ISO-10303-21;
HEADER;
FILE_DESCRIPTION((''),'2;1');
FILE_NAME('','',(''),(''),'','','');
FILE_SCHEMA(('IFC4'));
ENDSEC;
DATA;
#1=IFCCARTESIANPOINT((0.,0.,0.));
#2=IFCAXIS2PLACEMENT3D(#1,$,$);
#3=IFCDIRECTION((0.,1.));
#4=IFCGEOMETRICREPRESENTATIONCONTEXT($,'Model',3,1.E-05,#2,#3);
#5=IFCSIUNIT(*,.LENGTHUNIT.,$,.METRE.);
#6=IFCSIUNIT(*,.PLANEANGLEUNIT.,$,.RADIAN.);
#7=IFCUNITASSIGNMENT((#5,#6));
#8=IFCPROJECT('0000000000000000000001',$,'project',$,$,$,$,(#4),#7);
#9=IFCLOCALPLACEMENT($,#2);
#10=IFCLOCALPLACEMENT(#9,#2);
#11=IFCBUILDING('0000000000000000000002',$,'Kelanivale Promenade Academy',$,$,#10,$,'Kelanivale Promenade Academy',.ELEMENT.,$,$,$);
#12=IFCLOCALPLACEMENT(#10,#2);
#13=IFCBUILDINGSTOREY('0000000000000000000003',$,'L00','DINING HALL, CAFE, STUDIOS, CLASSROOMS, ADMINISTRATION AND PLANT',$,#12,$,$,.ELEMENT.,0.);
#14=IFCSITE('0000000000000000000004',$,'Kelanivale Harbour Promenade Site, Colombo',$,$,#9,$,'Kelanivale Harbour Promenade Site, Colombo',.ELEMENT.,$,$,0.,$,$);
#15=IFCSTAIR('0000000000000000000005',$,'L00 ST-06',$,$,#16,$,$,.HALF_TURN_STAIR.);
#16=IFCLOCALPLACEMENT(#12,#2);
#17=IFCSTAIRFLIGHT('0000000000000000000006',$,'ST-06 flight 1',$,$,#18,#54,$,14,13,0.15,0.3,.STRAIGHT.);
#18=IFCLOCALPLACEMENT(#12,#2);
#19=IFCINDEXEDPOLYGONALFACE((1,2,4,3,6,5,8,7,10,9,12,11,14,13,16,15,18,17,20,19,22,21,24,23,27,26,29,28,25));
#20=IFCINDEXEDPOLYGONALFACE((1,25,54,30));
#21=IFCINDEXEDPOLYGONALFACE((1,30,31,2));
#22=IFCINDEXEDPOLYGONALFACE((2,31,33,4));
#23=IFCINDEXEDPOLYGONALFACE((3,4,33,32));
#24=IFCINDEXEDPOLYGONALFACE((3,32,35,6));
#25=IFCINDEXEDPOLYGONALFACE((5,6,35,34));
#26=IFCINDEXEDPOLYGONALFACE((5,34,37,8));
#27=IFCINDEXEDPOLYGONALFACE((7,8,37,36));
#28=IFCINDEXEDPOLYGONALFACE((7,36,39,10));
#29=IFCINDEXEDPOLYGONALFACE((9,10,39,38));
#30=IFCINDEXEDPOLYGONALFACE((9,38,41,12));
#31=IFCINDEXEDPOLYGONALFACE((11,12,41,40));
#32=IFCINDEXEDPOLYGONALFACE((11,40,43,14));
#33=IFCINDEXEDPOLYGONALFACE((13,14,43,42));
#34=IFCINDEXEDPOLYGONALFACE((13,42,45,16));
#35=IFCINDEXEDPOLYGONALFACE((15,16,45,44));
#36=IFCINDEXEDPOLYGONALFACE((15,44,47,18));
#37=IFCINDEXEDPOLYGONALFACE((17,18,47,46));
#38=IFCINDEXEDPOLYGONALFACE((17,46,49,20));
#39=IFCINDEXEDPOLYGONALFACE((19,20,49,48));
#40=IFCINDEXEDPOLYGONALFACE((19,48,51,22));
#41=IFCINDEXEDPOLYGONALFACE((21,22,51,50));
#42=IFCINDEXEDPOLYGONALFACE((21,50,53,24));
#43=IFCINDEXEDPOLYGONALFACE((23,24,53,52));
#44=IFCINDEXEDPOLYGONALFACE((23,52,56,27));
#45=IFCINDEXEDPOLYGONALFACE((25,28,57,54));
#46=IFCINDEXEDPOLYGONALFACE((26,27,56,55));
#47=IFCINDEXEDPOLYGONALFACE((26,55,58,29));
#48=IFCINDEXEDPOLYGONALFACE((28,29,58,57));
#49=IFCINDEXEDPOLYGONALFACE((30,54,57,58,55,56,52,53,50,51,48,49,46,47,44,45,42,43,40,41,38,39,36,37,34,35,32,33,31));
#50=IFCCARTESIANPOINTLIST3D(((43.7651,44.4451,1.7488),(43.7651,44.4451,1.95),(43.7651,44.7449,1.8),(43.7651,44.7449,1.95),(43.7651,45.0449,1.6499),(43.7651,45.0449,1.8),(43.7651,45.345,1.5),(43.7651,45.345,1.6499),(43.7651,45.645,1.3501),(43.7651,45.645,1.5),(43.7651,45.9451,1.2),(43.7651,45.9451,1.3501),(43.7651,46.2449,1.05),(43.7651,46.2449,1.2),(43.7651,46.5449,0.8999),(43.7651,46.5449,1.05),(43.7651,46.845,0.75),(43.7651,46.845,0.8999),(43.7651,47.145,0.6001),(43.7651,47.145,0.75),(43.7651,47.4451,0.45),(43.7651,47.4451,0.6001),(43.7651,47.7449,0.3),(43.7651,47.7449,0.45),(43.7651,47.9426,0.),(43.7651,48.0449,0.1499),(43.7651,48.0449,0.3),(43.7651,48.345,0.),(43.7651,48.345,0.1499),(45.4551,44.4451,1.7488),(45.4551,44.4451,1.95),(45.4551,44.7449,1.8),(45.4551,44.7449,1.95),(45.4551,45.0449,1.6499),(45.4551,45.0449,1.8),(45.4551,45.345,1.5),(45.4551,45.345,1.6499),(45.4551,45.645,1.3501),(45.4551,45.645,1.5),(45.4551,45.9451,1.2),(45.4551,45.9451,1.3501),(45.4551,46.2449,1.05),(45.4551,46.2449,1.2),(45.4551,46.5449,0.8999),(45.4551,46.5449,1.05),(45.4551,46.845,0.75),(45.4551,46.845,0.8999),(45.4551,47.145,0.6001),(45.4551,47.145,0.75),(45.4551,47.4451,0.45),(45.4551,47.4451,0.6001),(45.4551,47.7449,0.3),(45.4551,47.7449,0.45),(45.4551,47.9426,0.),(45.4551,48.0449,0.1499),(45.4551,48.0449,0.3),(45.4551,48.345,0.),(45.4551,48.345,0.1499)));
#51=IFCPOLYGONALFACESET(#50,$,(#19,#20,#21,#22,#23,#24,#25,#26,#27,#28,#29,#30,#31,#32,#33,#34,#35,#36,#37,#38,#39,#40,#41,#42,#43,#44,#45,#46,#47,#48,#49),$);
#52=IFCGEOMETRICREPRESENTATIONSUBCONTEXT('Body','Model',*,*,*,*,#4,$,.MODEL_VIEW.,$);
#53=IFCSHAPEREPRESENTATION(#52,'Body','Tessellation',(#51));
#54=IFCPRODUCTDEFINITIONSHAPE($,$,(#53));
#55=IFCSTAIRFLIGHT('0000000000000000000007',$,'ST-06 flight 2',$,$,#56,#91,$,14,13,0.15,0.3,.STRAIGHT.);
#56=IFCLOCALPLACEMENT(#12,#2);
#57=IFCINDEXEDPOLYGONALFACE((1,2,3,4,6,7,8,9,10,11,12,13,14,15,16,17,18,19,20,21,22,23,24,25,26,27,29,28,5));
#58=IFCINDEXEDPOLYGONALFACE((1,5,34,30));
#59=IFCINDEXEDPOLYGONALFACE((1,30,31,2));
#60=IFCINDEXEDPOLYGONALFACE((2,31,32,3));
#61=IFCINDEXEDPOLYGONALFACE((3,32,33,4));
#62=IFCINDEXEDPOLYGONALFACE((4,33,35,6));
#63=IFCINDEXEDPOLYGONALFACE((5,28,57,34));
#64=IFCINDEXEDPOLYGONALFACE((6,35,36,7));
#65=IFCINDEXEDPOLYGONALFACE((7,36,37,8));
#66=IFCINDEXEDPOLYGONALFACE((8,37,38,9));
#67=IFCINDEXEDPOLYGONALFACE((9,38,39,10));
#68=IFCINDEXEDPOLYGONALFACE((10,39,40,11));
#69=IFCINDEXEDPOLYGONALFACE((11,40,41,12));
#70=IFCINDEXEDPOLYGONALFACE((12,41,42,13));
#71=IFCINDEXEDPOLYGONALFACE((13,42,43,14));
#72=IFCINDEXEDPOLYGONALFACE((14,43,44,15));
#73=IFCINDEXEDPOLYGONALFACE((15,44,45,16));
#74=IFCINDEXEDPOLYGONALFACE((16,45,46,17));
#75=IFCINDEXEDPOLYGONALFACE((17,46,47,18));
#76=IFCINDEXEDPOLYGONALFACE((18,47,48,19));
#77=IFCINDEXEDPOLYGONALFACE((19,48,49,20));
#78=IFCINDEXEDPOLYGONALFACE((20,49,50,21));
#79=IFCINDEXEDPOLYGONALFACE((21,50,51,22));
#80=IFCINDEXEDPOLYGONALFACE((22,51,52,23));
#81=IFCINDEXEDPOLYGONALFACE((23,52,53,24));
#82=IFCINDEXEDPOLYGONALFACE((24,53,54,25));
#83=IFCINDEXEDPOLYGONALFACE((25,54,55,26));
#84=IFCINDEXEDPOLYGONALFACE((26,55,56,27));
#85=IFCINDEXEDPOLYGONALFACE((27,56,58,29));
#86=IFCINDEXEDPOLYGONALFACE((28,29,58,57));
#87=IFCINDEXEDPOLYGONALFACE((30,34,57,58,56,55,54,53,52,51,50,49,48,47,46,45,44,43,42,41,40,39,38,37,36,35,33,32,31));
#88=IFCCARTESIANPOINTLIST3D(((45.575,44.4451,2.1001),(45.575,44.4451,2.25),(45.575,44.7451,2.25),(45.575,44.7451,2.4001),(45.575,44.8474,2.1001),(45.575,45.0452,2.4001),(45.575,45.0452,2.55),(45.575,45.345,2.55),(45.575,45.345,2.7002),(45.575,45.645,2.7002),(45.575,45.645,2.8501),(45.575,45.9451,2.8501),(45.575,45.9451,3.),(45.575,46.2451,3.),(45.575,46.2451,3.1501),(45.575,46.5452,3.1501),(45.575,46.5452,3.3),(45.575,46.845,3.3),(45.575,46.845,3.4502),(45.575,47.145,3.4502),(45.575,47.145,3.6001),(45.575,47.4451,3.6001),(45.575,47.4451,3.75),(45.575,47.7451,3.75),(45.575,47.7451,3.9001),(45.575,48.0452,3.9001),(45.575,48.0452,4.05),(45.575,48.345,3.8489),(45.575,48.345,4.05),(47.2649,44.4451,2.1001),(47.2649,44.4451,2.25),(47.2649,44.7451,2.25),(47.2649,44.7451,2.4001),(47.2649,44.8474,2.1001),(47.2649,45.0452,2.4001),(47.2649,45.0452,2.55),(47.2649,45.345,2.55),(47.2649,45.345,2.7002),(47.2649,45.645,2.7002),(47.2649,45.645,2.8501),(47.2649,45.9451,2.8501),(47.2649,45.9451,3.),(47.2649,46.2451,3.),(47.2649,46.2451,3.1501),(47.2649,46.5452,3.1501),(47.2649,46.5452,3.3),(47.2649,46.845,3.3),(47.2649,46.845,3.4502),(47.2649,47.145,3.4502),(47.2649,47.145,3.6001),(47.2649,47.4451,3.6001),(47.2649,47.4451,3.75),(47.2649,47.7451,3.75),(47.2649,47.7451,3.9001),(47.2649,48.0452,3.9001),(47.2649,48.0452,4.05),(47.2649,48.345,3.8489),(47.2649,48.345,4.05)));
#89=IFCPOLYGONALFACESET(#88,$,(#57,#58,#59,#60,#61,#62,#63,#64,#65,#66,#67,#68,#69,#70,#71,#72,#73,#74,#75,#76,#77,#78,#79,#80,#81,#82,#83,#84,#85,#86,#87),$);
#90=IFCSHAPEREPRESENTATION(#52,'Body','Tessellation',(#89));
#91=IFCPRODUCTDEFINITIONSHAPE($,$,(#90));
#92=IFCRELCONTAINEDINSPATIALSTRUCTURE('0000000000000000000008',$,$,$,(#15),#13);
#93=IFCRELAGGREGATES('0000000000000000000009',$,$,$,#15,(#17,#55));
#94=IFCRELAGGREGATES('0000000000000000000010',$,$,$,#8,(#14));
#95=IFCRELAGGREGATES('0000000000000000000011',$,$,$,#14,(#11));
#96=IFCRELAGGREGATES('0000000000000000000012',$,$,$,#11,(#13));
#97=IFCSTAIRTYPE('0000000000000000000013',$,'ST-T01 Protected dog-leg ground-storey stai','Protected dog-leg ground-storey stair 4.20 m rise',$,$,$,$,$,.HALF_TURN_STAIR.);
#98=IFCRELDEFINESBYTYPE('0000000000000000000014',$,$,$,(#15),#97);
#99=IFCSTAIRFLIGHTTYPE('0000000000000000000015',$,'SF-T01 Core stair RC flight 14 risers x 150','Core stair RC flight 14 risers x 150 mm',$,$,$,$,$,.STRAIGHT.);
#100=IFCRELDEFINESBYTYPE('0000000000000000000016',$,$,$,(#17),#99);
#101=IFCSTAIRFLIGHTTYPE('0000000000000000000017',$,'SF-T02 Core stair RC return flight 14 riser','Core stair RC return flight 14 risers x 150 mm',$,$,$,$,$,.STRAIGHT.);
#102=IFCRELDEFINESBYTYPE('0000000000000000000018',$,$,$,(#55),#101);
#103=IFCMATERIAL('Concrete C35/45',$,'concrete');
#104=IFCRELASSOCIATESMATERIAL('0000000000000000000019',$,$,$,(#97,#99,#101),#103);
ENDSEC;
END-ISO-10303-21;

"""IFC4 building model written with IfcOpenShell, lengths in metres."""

from ifc_helpers import new_model, si_unit, direction, frame, origin, place, context, subcontext, project, spatial, polyline, outline, extrude, material, type_object, element, aggregate, save


model = new_model("IFC4")

# Units and contexts
model_context = context("Model", 3, precision=1e-05, world=origin(), true_north=direction((0.0, 1.0)))
body_context = subcontext(model_context, "Body", "Model", "MODEL_VIEW")
ifc_project = project(units=[si_unit("LENGTHUNIT", "METRE"), si_unit("PLANEANGLEUNIT", "RADIAN")], contexts=[model_context])

# Site, building, storey
site_placement = place(None, origin())
site = spatial("IfcSite", under=ifc_project, at=site_placement, Name="Kelanivale Harbour Promenade Site, Colombo", LongName="Kelanivale Harbour Promenade Site, Colombo", CompositionType="ELEMENT", RefElevation=0.0)
building_placement = place(site_placement, origin())
building = spatial("IfcBuilding", under=site, at=building_placement, Name="Kelanivale Promenade Academy", LongName="Kelanivale Promenade Academy", CompositionType="ELEMENT")
storey_placement = place(building_placement, origin())
storey = spatial("IfcBuildingStorey", under=building, at=storey_placement, Name="L00", Description="DINING HALL, CAFE, STUDIOS, CLASSROOMS, ADMINISTRATION AND PLANT", CompositionType="ELEMENT", Elevation=0.0)

# Shared definitions
ifc_material_1 = material(Name="Concrete C35/45", Category="concrete")

# Stair, stair flights
stair_type = type_object("IfcStairType", Name="ST-T01 Protected dog-leg ground-storey stai", Description="Protected dog-leg ground-storey stair 4.20 m rise", PredefinedType="HALF_TURN_STAIR", material=ifc_material_1)
stair_placement = place(storey_placement, origin())
stair = element("IfcStair", 1, at=stair_placement, inside=storey, type_object=stair_type, Name="L00 ST-06", PredefinedType="HALF_TURN_STAIR")
stair_flight_type_1 = type_object("IfcStairFlightType", Name="SF-T01 Core stair RC flight 14 risers x 150", Description="Core stair RC flight 14 risers x 150 mm", PredefinedType="STRAIGHT", material=ifc_material_1)
stair_flight_1_placement = place(storey_placement, frame((44.6101, 48.345, 0.0), z_axis=(0.0, 0.0, 1.0), x_axis=(0.0, -1.0, 0.0)))
stair_flight_1 = element("IfcStairFlight", 2, at=stair_flight_1_placement, type_object=stair_flight_type_1, Name="ST-06 flight 1", NumberOfRisers=14, NumberOfTreads=13, PredefinedType="STRAIGHT", RiserHeight=0.15, TreadLength=0.3, context=body_context, shape_type="SweptSolid", body=[
    extrude(outline(polyline([(0.0, 0.0), (0.0, 0.1499), (0.3, 0.1499), (0.3, 0.3), (0.6001, 0.3), (0.6001, 0.45), (0.8999, 0.45), (0.8999, 0.6001), (1.2, 0.6001), (1.2, 0.75), (1.5, 0.75), (1.5, 0.8999), (1.8, 0.8999), (1.8, 1.05), (2.1001, 1.05), (2.1001, 1.2), (2.3999, 1.2), (2.3999, 1.3501), (2.7, 1.3501), (2.7, 1.5), (3.0, 1.5), (3.0, 1.6499), (3.3, 1.6499), (3.3, 1.8), (3.6001, 1.8), (3.6001, 1.95), (3.8999, 1.95), (3.8999, 2.1001), (3.8999, 1.7488), (0.4023, 0.0), (0.0, 0.0)])), frame((0.0, 0.845, 0.0), z_axis=(0.0, -1.0, 0.0), x_axis=(1.0, 0.0, 0.0)), (0.0, 0.0, 1.0), 1.6899),
])
stair_flight_type_2 = type_object("IfcStairFlightType", Name="SF-T02 Core stair RC return flight 14 riser", Description="Core stair RC return flight 14 risers x 150 mm", PredefinedType="STRAIGHT", material=ifc_material_1)
stair_flight_2_placement = place(storey_placement, frame((46.4199, 44.4451, 2.1001), z_axis=(0.0, 0.0, 1.0), x_axis=(0.0, 1.0, 0.0)))
stair_flight_2 = element("IfcStairFlight", 3, at=stair_flight_2_placement, type_object=stair_flight_type_2, Name="ST-06 flight 2", NumberOfRisers=14, NumberOfTreads=13, PredefinedType="STRAIGHT", RiserHeight=0.15, TreadLength=0.3, context=body_context, shape_type="SweptSolid", body=[
    extrude(outline(polyline([(0.0, 0.0), (0.0, 0.1499), (0.3, 0.1499), (0.3, 0.3), (0.6001, 0.3), (0.6001, 0.45), (0.8999, 0.45), (0.8999, 0.6001), (1.2, 0.6001), (1.2, 0.75), (1.5, 0.75), (1.5, 0.8999), (1.8, 0.8999), (1.8, 1.05), (2.1001, 1.05), (2.1001, 1.2), (2.3999, 1.2), (2.3999, 1.3501), (2.7, 1.3501), (2.7, 1.5), (3.0, 1.5), (3.0, 1.6499), (3.3, 1.6499), (3.3, 1.8), (3.6001, 1.8), (3.6001, 1.95), (3.8999, 1.95), (3.8999, 2.1001), (3.8999, 1.7488), (0.4023, 0.0), (0.0, 0.0)])), frame((0.0, 0.845, 0.0), z_axis=(0.0, -1.0, 0.0), x_axis=(1.0, 0.0, 0.0)), (0.0, 0.0, 1.0), 1.6899),
])
aggregate(stair, [stair_flight_1, stair_flight_2])

save(model, "model.ifc")
